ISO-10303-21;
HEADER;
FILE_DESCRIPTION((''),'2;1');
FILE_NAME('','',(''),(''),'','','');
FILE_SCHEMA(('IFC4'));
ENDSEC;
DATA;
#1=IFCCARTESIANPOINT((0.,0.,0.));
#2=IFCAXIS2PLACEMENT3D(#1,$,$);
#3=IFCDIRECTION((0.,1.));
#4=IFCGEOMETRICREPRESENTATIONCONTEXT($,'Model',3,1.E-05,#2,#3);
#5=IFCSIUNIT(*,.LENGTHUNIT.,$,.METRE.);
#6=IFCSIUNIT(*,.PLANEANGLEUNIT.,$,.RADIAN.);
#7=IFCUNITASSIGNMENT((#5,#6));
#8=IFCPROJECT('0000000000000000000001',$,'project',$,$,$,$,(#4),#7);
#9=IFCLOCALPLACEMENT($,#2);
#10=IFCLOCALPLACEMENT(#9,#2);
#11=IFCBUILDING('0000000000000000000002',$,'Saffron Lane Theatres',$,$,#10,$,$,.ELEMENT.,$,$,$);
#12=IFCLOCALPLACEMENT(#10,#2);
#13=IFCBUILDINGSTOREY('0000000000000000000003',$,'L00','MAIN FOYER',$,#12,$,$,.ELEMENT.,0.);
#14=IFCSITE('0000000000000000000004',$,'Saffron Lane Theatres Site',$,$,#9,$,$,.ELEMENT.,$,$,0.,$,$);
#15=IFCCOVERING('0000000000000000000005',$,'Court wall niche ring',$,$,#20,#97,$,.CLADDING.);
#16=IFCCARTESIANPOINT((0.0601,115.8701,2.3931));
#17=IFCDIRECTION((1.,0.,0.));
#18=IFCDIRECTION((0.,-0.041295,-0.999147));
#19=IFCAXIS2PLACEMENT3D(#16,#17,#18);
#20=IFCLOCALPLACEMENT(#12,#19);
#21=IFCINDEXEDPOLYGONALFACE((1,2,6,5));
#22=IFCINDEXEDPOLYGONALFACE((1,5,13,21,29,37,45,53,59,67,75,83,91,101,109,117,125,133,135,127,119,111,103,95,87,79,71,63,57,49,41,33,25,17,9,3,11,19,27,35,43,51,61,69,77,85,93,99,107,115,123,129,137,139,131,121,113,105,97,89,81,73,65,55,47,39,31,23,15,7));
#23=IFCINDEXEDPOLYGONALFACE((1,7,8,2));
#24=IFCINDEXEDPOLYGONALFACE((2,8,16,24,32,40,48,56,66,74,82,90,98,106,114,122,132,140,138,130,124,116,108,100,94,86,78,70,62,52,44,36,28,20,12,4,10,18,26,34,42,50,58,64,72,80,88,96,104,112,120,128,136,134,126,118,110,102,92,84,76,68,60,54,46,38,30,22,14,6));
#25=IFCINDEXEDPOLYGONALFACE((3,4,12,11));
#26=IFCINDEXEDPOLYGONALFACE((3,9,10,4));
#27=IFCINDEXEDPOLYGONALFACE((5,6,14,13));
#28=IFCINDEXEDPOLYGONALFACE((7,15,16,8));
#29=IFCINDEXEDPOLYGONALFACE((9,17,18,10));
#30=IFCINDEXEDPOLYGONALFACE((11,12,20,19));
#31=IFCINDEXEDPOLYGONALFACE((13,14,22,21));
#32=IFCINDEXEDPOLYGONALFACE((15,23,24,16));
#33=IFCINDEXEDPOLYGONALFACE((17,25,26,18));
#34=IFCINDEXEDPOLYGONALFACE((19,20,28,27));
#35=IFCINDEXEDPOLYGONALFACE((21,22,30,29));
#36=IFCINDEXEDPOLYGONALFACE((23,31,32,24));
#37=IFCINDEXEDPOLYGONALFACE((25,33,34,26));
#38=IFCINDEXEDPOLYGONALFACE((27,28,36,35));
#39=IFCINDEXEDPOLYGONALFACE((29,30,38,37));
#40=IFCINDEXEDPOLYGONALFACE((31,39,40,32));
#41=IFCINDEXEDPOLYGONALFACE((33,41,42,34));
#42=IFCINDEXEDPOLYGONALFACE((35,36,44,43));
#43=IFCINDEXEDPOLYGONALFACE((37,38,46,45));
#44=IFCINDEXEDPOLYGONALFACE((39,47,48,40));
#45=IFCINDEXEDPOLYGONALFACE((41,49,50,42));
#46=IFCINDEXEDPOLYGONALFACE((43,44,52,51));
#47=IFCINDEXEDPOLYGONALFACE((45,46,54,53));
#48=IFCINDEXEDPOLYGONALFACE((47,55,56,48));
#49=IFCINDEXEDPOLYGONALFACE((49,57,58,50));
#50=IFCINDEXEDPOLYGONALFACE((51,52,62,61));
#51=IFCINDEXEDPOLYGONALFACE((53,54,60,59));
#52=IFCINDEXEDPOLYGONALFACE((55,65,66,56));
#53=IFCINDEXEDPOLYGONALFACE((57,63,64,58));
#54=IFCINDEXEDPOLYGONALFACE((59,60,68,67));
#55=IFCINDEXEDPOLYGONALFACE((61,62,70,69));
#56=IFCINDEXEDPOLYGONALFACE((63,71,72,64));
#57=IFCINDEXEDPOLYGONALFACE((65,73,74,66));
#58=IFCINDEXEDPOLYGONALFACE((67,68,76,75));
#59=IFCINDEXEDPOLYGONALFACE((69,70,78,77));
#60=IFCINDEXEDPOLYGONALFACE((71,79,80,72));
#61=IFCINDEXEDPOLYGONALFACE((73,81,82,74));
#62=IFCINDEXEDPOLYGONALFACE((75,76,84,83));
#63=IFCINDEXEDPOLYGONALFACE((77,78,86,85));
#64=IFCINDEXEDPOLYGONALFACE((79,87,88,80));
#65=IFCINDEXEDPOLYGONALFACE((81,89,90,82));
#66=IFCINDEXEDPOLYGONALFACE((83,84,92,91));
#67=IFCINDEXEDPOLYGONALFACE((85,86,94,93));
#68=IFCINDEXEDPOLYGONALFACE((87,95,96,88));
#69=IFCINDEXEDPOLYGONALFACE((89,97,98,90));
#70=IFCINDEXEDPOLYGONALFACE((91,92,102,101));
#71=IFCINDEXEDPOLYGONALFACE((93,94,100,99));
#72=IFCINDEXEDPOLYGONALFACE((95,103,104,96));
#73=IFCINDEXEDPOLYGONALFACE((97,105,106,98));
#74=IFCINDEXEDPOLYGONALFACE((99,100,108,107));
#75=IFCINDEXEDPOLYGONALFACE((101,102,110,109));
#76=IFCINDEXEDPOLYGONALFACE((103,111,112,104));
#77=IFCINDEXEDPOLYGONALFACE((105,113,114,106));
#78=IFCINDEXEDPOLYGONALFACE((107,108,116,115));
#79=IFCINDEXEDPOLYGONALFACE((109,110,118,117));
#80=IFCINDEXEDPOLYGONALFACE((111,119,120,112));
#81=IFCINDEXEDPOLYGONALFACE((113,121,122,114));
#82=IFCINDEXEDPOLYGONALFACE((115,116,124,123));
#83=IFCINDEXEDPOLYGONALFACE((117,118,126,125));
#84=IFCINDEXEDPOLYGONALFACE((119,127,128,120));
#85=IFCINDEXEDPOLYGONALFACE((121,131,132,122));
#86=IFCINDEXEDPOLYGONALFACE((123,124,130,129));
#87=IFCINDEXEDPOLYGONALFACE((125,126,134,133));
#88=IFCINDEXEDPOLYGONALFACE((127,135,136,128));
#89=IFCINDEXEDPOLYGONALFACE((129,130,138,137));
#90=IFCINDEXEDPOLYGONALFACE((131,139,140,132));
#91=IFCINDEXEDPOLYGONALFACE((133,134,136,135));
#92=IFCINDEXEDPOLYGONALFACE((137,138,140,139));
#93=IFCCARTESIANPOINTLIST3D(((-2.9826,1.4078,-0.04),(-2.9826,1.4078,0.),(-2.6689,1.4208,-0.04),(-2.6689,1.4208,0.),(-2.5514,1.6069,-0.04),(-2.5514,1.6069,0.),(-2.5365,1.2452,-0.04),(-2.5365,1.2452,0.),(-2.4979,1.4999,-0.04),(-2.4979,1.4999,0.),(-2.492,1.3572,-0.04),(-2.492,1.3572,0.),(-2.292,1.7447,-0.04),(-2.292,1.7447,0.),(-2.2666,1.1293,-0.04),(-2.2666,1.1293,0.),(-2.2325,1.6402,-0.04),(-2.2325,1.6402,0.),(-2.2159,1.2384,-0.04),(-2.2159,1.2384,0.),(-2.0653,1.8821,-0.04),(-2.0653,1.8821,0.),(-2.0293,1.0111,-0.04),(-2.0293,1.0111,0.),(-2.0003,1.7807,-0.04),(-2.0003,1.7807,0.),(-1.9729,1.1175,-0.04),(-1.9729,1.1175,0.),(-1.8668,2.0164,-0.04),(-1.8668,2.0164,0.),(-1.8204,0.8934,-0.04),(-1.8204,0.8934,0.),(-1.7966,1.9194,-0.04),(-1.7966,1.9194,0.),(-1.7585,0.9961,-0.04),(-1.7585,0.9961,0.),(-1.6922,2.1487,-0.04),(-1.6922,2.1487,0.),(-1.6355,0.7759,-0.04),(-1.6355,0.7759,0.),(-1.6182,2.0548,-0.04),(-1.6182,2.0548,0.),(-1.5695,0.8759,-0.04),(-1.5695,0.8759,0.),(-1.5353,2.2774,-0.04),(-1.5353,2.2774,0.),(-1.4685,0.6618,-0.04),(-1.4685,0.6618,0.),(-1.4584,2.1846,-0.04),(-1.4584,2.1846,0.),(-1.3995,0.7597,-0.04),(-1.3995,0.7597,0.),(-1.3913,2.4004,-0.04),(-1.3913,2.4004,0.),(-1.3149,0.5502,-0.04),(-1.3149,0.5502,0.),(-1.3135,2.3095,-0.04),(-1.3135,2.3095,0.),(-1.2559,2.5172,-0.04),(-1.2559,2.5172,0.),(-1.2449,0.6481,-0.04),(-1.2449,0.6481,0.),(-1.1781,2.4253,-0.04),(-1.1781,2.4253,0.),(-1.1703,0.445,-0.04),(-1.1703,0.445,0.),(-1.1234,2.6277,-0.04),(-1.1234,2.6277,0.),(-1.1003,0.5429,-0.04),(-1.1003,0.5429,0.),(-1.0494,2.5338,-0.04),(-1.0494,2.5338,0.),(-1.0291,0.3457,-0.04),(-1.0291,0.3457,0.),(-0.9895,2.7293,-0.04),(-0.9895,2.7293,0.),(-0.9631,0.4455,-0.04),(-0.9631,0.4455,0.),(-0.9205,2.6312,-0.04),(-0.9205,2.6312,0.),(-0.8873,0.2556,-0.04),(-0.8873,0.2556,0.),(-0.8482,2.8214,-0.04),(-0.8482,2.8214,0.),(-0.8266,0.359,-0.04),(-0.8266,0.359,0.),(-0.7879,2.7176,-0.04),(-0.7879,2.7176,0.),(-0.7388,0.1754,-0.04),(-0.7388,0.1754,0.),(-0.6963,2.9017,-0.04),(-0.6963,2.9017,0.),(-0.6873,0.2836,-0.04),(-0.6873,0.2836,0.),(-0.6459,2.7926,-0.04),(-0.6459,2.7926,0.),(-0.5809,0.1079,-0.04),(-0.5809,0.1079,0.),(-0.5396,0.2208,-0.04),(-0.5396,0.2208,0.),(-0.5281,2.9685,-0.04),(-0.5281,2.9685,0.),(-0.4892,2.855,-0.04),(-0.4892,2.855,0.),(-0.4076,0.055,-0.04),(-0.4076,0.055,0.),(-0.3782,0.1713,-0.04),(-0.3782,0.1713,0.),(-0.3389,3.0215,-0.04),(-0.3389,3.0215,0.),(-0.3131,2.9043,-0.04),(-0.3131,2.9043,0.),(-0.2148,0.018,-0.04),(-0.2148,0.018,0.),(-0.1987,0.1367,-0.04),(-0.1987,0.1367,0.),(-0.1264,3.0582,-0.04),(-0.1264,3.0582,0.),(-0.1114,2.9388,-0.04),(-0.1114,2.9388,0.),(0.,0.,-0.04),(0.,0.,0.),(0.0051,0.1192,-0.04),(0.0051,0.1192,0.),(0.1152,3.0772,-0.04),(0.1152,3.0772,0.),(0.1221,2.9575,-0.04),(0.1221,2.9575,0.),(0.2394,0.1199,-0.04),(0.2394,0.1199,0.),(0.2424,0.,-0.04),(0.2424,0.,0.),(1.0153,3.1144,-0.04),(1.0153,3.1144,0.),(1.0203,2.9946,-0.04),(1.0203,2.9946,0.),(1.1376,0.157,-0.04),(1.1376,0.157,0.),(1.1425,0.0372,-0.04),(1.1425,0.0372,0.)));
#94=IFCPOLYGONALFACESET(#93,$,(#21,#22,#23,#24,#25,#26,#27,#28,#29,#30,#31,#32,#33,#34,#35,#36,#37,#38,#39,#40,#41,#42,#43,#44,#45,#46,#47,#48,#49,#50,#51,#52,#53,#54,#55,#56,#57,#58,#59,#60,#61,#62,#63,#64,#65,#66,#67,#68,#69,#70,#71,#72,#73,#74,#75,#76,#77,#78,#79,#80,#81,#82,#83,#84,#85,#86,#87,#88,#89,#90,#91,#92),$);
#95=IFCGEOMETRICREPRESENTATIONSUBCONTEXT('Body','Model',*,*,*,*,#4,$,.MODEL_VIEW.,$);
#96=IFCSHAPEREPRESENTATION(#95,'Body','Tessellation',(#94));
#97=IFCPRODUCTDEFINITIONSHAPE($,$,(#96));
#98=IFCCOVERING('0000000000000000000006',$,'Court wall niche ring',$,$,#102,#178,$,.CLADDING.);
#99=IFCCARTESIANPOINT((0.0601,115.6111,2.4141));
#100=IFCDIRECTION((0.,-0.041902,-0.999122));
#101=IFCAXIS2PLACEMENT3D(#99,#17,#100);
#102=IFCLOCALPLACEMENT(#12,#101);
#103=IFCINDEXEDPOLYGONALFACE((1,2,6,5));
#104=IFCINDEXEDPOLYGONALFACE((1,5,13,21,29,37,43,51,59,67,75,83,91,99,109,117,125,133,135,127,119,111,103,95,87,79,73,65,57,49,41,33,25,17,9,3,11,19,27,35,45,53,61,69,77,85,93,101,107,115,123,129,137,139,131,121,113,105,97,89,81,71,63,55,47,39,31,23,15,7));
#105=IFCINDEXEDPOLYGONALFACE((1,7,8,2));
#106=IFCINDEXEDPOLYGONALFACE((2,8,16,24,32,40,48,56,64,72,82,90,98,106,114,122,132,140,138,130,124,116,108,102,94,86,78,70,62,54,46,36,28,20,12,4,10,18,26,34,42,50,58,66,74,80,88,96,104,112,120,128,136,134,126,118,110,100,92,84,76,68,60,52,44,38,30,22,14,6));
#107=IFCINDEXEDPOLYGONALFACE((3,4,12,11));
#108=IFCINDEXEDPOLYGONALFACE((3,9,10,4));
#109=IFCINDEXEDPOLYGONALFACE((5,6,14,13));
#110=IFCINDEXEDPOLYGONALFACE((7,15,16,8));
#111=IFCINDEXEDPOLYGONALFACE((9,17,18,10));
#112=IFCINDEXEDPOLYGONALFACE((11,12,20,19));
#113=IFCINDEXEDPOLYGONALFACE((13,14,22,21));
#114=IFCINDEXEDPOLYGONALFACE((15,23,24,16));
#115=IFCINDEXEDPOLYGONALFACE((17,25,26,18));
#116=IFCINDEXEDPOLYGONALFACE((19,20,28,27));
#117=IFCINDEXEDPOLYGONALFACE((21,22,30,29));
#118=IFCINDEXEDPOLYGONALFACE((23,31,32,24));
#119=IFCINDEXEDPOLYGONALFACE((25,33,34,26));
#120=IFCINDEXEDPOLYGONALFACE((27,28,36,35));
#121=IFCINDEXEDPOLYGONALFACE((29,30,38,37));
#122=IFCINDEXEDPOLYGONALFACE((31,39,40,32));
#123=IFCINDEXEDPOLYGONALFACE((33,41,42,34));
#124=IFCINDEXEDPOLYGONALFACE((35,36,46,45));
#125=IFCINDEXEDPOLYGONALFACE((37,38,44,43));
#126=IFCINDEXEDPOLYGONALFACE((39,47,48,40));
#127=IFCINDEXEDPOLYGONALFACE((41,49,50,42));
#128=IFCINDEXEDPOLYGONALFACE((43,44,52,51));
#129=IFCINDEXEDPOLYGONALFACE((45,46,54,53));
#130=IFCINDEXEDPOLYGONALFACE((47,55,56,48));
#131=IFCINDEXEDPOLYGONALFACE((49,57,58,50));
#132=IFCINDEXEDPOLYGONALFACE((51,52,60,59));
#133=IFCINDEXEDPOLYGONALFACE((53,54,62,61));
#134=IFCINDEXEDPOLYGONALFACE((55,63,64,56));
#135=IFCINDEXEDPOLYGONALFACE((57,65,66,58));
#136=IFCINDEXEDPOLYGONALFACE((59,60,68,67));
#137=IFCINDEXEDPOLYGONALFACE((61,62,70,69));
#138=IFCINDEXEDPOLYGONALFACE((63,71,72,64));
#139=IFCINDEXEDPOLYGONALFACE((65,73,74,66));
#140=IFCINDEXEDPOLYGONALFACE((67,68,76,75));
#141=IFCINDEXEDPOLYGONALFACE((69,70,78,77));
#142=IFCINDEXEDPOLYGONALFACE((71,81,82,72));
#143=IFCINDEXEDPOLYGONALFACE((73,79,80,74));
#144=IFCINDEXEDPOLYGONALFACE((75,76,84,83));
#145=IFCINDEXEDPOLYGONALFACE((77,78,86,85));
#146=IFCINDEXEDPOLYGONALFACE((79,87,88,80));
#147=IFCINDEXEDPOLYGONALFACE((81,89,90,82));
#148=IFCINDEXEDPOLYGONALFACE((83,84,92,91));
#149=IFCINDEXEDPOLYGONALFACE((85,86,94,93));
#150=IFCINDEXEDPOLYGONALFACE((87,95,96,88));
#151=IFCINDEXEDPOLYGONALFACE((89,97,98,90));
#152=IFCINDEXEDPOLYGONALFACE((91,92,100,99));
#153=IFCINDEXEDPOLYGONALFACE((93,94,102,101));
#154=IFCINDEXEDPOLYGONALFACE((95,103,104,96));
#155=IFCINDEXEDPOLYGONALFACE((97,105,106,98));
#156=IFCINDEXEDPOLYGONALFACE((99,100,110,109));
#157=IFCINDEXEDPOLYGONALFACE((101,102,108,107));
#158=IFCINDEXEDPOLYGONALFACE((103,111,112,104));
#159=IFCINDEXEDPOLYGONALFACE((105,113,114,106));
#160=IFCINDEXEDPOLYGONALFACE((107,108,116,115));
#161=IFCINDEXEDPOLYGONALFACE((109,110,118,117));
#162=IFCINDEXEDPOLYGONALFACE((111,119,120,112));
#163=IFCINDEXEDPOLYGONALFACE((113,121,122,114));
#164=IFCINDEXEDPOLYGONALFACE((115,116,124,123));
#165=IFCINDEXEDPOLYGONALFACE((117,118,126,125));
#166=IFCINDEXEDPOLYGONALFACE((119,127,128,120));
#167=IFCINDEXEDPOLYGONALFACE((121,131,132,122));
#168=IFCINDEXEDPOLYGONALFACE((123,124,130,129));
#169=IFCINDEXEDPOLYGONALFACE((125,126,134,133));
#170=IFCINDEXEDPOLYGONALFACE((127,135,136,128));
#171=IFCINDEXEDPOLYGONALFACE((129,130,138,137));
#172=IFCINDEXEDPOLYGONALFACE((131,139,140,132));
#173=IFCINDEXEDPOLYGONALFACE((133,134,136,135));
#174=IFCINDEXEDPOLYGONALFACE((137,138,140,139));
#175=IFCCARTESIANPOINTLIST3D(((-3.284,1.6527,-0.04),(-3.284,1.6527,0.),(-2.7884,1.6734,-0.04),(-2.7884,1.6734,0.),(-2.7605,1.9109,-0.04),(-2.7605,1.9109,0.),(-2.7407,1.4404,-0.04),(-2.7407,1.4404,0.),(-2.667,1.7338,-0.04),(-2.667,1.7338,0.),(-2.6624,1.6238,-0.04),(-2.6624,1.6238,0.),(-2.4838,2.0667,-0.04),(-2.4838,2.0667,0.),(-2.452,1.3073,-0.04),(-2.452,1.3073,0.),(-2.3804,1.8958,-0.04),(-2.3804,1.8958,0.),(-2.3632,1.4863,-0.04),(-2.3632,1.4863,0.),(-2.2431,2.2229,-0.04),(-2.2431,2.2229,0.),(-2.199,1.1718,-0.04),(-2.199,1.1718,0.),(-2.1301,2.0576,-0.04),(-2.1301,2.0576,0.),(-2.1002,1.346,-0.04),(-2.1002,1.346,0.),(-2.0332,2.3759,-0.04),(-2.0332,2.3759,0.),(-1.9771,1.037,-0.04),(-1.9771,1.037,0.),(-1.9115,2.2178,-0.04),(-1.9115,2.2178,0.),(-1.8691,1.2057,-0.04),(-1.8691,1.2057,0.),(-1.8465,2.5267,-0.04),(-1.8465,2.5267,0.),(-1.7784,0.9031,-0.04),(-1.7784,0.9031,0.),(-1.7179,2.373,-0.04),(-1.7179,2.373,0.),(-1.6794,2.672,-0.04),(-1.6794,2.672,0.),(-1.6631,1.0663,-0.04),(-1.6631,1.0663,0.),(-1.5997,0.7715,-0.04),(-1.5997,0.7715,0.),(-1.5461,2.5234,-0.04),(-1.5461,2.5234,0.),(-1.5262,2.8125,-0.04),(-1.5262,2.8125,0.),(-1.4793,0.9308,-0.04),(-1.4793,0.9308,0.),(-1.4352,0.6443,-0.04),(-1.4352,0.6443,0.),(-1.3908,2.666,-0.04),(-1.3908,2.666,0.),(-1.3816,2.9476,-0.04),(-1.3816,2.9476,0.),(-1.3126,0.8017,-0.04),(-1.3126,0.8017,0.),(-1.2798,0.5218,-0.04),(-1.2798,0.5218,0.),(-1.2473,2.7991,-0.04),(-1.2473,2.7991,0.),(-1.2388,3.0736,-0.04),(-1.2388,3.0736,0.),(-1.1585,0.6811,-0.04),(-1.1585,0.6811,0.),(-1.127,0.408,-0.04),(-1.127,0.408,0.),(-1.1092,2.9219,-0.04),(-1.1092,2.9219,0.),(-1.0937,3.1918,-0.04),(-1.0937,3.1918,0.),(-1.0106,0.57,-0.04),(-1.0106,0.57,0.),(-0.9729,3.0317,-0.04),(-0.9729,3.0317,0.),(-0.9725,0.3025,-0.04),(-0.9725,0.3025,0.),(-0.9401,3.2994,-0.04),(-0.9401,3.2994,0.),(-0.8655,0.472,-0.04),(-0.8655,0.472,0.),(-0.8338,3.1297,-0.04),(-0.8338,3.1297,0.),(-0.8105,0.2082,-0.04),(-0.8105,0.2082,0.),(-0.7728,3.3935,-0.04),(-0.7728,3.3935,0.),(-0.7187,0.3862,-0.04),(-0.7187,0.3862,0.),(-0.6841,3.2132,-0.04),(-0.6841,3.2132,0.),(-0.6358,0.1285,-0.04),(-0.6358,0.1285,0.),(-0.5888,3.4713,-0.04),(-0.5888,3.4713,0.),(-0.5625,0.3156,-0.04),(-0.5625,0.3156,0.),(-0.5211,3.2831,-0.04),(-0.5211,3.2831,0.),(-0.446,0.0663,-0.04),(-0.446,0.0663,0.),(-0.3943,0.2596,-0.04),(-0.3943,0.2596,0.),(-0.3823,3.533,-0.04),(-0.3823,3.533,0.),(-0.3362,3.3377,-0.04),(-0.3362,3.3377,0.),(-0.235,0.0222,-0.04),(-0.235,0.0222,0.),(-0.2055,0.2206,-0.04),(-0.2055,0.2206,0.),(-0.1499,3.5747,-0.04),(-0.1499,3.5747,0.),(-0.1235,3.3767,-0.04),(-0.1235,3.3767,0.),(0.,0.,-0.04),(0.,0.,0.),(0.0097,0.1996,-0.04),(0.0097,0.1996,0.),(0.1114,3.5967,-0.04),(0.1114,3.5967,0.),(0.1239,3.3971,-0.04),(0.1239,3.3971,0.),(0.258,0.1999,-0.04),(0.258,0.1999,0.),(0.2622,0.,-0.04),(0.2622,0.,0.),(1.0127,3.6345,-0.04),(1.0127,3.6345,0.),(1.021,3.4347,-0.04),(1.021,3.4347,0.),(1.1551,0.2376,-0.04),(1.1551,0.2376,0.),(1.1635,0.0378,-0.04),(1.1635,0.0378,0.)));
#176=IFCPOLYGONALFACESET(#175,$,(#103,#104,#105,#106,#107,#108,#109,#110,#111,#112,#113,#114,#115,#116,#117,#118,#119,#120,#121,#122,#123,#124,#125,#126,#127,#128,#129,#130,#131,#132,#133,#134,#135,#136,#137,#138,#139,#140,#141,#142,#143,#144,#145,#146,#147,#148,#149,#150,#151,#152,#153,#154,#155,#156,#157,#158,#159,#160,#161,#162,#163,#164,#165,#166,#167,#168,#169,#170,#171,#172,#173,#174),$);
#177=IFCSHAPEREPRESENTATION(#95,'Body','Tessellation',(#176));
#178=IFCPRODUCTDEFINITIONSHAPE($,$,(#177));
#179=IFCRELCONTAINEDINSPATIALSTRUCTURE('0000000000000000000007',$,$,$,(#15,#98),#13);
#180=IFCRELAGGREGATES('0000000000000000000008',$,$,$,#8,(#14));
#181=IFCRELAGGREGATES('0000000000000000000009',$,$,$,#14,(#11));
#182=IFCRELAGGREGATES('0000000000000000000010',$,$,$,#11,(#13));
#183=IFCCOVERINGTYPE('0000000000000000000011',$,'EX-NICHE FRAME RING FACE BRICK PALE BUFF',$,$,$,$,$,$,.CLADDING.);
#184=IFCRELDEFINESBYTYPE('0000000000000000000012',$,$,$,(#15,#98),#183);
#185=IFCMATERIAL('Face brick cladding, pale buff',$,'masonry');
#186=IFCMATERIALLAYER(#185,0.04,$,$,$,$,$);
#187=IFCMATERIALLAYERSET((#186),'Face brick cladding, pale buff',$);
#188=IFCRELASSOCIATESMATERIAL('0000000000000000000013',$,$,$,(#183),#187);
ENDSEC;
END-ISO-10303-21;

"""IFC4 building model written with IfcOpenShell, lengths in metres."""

from ifc_helpers import new_model, si_unit, direction, frame, origin, place, context, subcontext, project, spatial, polyline, outline, extrude, material, layer, layer_set, type_object, element, save


model = new_model("IFC4")

# Units and contexts
model_context = context("Model", 3, precision=1e-05, world=origin(), true_north=direction((0.0, 1.0)))
body_context = subcontext(model_context, "Body", "Model", "MODEL_VIEW")
ifc_project = project(units=[si_unit("LENGTHUNIT", "METRE"), si_unit("PLANEANGLEUNIT", "RADIAN")], contexts=[model_context])

# Site, building, storey
site_placement = place(None, origin())
site = spatial("IfcSite", under=ifc_project, at=site_placement, Name="Saffron Lane Theatres Site", CompositionType="ELEMENT", RefElevation=0.0)
building_placement = place(site_placement, origin())
building = spatial("IfcBuilding", under=site, at=building_placement, Name="Saffron Lane Theatres", CompositionType="ELEMENT")
storey_placement = place(building_placement, origin())
storey = spatial("IfcBuildingStorey", under=building, at=storey_placement, Name="L00", Description="MAIN FOYER", CompositionType="ELEMENT", Elevation=0.0)

# Coverings
ifc_material_1 = material(Name="Face brick cladding, pale buff", Category="masonry")
ifc_layer_1 = layer(ifc_material_1, 0.04)
ifc_layer_set_1 = layer_set([ifc_layer_1], Name="Face brick cladding, pale buff")
covering_type = type_object("IfcCoveringType", Name="EX-NICHE FRAME RING FACE BRICK PALE BUFF", PredefinedType="CLADDING", material=ifc_layer_set_1)
covering_1_placement = place(storey_placement, frame((0.0601, 115.8701, 2.3931), z_axis=(1.0, 0.0, 0.0), x_axis=(0.0, -0.041295, -0.999147)))
element("IfcCovering", 1, at=covering_1_placement, inside=storey, type_object=covering_type, Name="Court wall niche ring", PredefinedType="CLADDING", context=body_context, shape_type="SweptSolid", body=[
    extrude(outline(polyline([(0.0, 0.0), (0.2424, 0.0), (1.1425, 0.0372), (1.1376, 0.157), (0.2394, 0.1199), (0.0051, 0.1192), (-0.1987, 0.1367), (-0.3782, 0.1713), (-0.5396, 0.2208), (-0.6873, 0.2836), (-0.8266, 0.359), (-0.9631, 0.4455), (-1.1003, 0.5429), (-1.2449, 0.6481), (-1.3995, 0.7597), (-1.5695, 0.8759), (-1.7585, 0.9961), (-1.9729, 1.1175), (-2.2159, 1.2384), (-2.492, 1.3572), (-2.6689, 1.4208), (-2.4979, 1.4999), (-2.2325, 1.6402), (-2.0003, 1.7807), (-1.7966, 1.9194), (-1.6182, 2.0548), (-1.4584, 2.1846), (-1.3135, 2.3095), (-1.1781, 2.4253), (-1.0494, 2.5338), (-0.9205, 2.6312), (-0.7879, 2.7176), (-0.6459, 2.7926), (-0.4892, 2.855), (-0.3131, 2.9043), (-0.1114, 2.9388), (0.1221, 2.9575), (1.0203, 2.9946), (1.0153, 3.1144), (0.1152, 3.0772), (-0.1264, 3.0582), (-0.3389, 3.0215), (-0.5281, 2.9685), (-0.6963, 2.9017), (-0.8482, 2.8214), (-0.9895, 2.7293), (-1.1234, 2.6277), (-1.2559, 2.5172), (-1.3913, 2.4004), (-1.5353, 2.2774), (-1.6922, 2.1487), (-1.8668, 2.0164), (-2.0653, 1.8821), (-2.292, 1.7447), (-2.5514, 1.6069), (-2.9826, 1.4078), (-2.5365, 1.2452), (-2.2666, 1.1293), (-2.0293, 1.0111), (-1.8204, 0.8934), (-1.6355, 0.7759), (-1.4685, 0.6618), (-1.3149, 0.5502), (-1.1703, 0.445), (-1.0291, 0.3457), (-0.8873, 0.2556), (-0.7388, 0.1754), (-0.5809, 0.1079), (-0.4076, 0.055), (-0.2148, 0.018), (0.0, 0.0)])), origin(), (0.0, 0.0, -1.0), 0.04),
])
covering_2_placement = place(storey_placement, frame((0.0601, 115.6111, 2.4141), z_axis=(1.0, 0.0, 0.0), x_axis=(0.0, -0.041902, -0.999122)))
element("IfcCovering", 2, at=covering_2_placement, inside=storey, type_object=covering_type, Name="Court wall niche ring", PredefinedType="CLADDING", context=body_context, shape_type="SweptSolid", body=[
    extrude(outline(polyline([(0.0, 0.0), (0.2622, 0.0), (1.1635, 0.0378), (1.1551, 0.2376), (0.258, 0.1999), (0.0097, 0.1996), (-0.2055, 0.2206), (-0.3943, 0.2596), (-0.5625, 0.3156), (-0.7187, 0.3862), (-0.8655, 0.472), (-1.0106, 0.57), (-1.1585, 0.6811), (-1.3126, 0.8017), (-1.4793, 0.9308), (-1.6631, 1.0663), (-1.8691, 1.2057), (-2.1002, 1.346), (-2.3632, 1.4863), (-2.6624, 1.6238), (-2.7884, 1.6734), (-2.667, 1.7338), (-2.3804, 1.8958), (-2.1301, 2.0576), (-1.9115, 2.2178), (-1.7179, 2.373), (-1.5461, 2.5234), (-1.3908, 2.666), (-1.2473, 2.7991), (-1.1092, 2.9219), (-0.9729, 3.0317), (-0.8338, 3.1297), (-0.6841, 3.2132), (-0.5211, 3.2831), (-0.3362, 3.3377), (-0.1235, 3.3767), (0.1239, 3.3971), (1.021, 3.4347), (1.0127, 3.6345), (0.1114, 3.5967), (-0.1499, 3.5747), (-0.3823, 3.533), (-0.5888, 3.4713), (-0.7728, 3.3935), (-0.9401, 3.2994), (-1.0937, 3.1918), (-1.2388, 3.0736), (-1.3816, 2.9476), (-1.5262, 2.8125), (-1.6794, 2.672), (-1.8465, 2.5267), (-2.0332, 2.3759), (-2.2431, 2.2229), (-2.4838, 2.0667), (-2.7605, 1.9109), (-3.284, 1.6527), (-2.7407, 1.4404), (-2.452, 1.3073), (-2.199, 1.1718), (-1.9771, 1.037), (-1.7784, 0.9031), (-1.5997, 0.7715), (-1.4352, 0.6443), (-1.2798, 0.5218), (-1.127, 0.408), (-0.9725, 0.3025), (-0.8105, 0.2082), (-0.6358, 0.1285), (-0.446, 0.0663), (-0.235, 0.0222), (0.0, 0.0)])), origin(), (0.0, 0.0, -1.0), 0.04),
])

save(model, "model.ifc")
